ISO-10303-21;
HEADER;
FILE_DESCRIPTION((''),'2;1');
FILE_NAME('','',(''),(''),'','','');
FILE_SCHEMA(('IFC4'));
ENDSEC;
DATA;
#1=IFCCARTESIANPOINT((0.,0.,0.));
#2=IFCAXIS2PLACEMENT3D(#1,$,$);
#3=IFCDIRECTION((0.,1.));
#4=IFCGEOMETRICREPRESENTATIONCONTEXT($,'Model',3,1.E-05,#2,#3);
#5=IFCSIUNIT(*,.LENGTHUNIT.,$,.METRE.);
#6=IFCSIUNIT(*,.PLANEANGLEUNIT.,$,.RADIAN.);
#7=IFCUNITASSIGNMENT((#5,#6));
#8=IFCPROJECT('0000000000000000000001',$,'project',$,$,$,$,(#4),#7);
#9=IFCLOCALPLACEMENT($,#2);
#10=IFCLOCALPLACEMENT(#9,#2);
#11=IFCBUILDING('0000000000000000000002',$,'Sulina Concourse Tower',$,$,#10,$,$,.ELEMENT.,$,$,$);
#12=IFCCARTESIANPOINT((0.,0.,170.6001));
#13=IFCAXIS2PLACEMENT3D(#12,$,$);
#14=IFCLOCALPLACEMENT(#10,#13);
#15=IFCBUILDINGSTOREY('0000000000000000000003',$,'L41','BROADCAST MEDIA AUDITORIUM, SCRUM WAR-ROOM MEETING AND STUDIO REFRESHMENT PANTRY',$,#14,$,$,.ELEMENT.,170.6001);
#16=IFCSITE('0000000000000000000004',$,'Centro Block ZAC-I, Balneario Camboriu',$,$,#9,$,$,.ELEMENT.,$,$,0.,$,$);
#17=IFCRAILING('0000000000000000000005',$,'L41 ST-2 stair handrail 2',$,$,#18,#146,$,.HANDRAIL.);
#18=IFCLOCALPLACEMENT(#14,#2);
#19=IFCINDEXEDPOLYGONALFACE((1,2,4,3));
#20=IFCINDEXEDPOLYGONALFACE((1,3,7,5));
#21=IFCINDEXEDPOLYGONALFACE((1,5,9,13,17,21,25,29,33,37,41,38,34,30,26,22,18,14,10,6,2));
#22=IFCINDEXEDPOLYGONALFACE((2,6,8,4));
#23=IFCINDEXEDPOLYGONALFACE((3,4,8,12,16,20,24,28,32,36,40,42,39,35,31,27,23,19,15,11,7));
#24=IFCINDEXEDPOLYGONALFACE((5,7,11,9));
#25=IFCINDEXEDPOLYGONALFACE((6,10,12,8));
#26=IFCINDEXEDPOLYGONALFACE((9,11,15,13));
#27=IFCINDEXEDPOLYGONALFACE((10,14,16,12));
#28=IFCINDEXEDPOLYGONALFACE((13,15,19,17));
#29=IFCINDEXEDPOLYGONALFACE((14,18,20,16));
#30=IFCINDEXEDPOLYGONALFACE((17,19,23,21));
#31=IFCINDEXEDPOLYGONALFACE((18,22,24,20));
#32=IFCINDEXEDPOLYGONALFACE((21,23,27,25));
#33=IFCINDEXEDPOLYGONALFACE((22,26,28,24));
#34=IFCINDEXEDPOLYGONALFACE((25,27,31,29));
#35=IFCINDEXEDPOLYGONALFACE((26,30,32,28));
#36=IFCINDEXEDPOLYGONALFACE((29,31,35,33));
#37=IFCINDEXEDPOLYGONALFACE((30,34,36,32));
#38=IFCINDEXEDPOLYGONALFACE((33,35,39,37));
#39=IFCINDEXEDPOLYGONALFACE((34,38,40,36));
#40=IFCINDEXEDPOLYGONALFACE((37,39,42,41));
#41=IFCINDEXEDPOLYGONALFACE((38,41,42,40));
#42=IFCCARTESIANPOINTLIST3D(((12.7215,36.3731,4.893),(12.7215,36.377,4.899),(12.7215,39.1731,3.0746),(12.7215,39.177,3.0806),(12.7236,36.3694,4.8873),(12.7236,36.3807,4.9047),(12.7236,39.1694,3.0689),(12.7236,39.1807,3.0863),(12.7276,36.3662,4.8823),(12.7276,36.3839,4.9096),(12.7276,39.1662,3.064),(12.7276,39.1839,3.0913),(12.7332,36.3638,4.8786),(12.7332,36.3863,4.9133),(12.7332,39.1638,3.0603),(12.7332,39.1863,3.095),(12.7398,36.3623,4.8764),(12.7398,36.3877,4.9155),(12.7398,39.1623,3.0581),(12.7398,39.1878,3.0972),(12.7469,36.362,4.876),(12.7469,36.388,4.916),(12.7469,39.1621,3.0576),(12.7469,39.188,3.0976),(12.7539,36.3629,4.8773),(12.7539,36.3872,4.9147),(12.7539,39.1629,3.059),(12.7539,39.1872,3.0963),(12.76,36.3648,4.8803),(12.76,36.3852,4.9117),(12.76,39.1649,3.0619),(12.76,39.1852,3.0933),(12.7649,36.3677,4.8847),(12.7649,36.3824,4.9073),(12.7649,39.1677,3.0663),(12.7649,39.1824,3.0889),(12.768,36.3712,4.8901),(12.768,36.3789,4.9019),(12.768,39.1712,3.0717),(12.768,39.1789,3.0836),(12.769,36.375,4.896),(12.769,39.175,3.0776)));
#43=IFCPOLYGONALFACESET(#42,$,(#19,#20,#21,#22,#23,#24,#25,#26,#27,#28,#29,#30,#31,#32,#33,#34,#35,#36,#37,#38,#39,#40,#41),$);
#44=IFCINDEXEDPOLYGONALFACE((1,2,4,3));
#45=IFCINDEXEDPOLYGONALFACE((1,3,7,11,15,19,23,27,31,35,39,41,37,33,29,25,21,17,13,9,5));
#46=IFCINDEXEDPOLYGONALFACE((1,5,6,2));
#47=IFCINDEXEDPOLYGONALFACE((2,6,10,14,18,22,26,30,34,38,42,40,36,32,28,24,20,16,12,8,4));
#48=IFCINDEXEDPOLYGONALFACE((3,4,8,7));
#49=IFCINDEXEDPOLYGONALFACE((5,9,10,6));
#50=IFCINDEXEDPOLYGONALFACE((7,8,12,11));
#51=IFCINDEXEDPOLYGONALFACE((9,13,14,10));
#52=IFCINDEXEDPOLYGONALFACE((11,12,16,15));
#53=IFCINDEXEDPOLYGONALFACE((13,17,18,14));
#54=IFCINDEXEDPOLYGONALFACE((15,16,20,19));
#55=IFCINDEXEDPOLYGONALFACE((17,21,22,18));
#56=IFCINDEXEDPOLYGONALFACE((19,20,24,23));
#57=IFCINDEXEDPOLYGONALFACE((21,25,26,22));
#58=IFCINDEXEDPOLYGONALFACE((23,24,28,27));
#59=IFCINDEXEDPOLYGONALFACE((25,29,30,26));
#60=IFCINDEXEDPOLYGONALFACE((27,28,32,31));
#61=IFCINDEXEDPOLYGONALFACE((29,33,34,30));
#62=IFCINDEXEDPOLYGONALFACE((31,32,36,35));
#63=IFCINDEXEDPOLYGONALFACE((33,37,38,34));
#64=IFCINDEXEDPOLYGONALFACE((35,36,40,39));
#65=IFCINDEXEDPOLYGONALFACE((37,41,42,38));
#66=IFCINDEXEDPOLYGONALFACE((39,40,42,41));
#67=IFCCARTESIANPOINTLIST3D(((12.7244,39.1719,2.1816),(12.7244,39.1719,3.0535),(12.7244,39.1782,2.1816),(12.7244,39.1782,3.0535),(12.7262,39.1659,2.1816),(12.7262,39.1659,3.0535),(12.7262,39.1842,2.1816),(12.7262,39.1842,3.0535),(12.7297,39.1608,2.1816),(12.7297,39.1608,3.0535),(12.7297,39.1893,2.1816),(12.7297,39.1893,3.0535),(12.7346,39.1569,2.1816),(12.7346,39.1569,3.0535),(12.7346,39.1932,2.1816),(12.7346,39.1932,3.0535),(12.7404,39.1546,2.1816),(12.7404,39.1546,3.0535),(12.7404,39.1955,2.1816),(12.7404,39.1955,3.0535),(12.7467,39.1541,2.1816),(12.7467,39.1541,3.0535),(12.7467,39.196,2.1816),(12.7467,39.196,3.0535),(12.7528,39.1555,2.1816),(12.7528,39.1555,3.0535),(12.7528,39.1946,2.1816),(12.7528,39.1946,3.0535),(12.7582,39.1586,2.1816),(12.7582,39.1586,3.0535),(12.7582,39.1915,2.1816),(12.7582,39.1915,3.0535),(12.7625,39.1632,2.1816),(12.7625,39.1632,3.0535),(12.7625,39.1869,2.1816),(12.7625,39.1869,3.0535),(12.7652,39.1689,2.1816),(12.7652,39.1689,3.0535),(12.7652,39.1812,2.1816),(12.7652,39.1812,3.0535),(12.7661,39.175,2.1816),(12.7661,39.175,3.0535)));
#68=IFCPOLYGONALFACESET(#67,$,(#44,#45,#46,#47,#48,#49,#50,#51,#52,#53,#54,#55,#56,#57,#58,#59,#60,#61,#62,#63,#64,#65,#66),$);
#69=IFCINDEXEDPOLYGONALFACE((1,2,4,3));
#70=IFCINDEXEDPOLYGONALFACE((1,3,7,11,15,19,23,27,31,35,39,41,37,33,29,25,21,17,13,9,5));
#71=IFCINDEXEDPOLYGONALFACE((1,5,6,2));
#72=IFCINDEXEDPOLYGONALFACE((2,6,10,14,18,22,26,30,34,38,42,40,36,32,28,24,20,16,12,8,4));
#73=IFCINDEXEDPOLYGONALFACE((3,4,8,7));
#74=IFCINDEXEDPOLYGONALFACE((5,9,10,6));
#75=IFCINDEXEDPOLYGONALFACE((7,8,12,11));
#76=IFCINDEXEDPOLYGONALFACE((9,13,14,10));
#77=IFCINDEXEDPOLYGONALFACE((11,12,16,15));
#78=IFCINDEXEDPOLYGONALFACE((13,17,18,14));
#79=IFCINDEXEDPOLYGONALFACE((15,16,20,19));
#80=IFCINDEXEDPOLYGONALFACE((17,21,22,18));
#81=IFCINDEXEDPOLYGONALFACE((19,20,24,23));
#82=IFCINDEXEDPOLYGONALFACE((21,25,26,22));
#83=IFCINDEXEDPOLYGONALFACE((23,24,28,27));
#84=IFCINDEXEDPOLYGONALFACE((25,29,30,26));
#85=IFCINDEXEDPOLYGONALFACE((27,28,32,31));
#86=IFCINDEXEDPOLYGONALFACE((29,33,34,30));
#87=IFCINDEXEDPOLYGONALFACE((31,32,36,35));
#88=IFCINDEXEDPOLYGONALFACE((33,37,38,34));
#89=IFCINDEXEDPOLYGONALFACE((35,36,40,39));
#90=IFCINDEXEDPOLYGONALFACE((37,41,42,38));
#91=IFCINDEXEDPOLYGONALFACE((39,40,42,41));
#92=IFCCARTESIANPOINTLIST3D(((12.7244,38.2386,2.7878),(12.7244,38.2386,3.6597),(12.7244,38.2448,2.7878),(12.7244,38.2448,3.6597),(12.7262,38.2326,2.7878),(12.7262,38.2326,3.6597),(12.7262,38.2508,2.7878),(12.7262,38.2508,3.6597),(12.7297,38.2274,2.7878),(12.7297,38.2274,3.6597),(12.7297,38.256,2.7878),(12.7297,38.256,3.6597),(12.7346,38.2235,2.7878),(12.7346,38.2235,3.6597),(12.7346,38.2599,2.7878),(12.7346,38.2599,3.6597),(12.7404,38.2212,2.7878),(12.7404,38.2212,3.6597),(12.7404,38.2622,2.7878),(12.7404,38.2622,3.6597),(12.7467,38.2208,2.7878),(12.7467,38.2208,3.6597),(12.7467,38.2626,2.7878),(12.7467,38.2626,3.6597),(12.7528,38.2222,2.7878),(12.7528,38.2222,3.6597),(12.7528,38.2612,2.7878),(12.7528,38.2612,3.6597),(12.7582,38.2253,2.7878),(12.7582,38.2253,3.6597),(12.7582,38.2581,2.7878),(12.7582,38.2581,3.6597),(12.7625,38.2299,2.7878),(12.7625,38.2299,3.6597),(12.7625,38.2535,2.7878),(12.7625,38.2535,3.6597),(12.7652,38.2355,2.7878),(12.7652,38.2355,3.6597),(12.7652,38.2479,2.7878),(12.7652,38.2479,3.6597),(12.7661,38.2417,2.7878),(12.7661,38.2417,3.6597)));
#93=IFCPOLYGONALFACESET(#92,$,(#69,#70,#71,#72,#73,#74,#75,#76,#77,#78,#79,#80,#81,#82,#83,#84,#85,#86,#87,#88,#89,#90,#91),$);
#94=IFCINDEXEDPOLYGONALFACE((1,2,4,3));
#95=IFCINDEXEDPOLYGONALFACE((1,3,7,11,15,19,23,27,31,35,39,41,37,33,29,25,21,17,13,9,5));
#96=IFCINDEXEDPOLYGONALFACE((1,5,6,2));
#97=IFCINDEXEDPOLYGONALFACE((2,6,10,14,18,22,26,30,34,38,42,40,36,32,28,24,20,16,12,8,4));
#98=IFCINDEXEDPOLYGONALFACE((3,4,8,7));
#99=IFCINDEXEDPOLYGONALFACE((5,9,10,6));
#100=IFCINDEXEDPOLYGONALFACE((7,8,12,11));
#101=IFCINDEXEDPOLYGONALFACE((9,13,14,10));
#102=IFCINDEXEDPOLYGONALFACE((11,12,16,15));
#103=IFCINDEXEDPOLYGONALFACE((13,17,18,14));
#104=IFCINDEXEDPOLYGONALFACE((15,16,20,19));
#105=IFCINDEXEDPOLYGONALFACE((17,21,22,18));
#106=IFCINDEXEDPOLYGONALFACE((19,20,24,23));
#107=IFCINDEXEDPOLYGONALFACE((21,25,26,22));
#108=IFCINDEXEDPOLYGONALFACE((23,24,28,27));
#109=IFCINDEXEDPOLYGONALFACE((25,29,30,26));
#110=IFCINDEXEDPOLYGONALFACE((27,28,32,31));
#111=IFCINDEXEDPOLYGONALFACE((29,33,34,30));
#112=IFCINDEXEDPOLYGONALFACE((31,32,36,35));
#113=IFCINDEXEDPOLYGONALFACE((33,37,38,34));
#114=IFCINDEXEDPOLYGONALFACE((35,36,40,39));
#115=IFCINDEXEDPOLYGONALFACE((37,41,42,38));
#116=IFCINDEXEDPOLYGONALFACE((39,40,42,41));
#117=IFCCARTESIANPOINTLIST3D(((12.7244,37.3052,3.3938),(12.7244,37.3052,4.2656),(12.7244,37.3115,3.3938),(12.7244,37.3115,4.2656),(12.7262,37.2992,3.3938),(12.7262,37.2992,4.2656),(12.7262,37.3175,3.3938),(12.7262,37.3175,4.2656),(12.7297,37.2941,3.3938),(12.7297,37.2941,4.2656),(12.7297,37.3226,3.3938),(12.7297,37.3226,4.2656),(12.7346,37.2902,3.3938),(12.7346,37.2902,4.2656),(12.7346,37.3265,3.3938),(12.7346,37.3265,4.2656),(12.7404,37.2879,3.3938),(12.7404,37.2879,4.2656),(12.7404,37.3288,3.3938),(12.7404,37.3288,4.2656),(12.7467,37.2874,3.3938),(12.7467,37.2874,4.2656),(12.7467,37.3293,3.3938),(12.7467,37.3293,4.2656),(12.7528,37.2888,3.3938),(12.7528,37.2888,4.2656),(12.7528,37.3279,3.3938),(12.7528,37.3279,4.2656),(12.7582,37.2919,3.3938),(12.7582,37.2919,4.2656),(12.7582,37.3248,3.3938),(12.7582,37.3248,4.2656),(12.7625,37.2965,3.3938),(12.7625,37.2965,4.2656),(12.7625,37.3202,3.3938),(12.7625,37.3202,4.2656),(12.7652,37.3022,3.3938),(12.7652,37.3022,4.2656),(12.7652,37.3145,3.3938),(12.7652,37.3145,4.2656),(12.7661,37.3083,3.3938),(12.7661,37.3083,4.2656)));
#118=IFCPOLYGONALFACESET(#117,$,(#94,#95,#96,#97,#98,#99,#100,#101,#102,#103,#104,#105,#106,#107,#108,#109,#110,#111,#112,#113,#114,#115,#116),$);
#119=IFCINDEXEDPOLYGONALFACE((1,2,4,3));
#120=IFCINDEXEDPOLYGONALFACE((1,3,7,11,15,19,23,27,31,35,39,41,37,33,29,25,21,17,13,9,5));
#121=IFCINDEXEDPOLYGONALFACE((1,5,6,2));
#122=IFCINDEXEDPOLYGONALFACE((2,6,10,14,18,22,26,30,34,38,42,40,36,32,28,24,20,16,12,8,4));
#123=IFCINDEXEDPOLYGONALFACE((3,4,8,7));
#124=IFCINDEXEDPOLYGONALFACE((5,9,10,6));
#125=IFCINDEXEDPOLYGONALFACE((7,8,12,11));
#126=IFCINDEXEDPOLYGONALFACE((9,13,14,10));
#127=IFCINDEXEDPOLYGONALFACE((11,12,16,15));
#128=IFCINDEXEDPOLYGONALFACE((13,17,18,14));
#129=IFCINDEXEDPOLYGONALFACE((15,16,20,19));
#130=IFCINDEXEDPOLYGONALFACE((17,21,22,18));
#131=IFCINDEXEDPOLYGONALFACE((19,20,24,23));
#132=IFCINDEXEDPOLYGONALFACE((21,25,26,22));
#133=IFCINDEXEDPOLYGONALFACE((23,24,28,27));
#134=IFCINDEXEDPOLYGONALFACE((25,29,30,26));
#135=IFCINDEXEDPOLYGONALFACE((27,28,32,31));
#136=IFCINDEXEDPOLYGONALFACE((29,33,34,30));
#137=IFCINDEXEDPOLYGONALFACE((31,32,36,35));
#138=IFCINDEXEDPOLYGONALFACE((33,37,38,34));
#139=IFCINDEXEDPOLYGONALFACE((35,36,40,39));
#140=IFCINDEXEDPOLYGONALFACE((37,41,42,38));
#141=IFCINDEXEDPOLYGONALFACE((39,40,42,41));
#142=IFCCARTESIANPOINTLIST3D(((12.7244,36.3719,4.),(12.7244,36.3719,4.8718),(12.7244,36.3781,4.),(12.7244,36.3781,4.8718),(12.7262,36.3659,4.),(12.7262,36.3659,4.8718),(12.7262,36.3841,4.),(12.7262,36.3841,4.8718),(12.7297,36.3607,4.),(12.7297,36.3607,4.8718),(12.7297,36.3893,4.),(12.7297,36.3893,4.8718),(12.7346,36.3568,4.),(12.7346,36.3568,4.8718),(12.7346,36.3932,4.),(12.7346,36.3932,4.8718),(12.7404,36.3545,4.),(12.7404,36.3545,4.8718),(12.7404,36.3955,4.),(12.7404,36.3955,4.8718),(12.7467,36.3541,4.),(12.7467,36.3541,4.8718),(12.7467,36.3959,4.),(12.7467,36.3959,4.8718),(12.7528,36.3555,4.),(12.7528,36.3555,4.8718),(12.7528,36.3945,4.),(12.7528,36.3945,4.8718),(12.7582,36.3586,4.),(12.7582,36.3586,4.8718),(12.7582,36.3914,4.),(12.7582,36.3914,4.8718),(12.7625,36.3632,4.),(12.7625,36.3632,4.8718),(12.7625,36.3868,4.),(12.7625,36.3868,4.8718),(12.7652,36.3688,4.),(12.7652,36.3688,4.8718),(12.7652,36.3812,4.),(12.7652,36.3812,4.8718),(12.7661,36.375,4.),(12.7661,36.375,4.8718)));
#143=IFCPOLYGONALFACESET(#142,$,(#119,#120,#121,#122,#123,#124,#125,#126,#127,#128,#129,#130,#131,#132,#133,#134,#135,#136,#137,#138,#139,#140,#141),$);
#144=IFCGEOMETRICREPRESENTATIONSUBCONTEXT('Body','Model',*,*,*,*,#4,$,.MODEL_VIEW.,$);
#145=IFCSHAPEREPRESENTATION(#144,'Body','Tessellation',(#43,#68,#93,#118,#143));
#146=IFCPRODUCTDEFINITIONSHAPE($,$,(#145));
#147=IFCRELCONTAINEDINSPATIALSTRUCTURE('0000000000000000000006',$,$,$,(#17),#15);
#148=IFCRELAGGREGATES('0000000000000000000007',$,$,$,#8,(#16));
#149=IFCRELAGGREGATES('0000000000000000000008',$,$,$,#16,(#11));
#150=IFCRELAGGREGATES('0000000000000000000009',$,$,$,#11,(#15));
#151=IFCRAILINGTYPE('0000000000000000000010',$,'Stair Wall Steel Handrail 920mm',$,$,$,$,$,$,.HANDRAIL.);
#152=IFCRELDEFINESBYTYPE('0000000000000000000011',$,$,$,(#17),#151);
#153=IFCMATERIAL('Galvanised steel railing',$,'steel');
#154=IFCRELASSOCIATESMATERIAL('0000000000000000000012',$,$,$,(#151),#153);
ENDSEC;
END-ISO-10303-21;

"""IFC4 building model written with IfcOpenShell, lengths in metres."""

from ifc_helpers import new_model, si_unit, direction, frame, origin, origin_2d, place, context, subcontext, project, spatial, circle, extrude, material, type_object, element, save


model = new_model("IFC4")

# Units and contexts
model_context = context("Model", 3, precision=1e-05, world=origin(), true_north=direction((0.0, 1.0)))
body_context = subcontext(model_context, "Body", "Model", "MODEL_VIEW")
ifc_project = project(units=[si_unit("LENGTHUNIT", "METRE"), si_unit("PLANEANGLEUNIT", "RADIAN")], contexts=[model_context])

# Site, building, storey
site_placement = place(None, origin())
site = spatial("IfcSite", under=ifc_project, at=site_placement, Name="Centro Block ZAC-I, Balneario Camboriu", CompositionType="ELEMENT", RefElevation=0.0)
building_placement = place(site_placement, origin())
building = spatial("IfcBuilding", under=site, at=building_placement, Name="Sulina Concourse Tower", CompositionType="ELEMENT")
storey_placement = place(building_placement, frame((0.0, 0.0, 170.6001)))
storey = spatial("IfcBuildingStorey", under=building, at=storey_placement, Name="L41", Description="BROADCAST MEDIA AUDITORIUM, SCRUM WAR-ROOM MEETING AND STUDIO REFRESHMENT PANTRY", CompositionType="ELEMENT", Elevation=170.6001)

# Railing
ifc_material_1 = material(Name="Galvanised steel railing", Category="steel")
railing_type_1 = type_object("IfcRailingType", Name="Stair Wall Steel Handrail 920mm", PredefinedType="HANDRAIL", material=ifc_material_1)
railing_1_placement = place(storey_placement, frame((12.7451, 39.175, 2.1816)))
element("IfcRailing", 1, at=railing_1_placement, inside=storey, type_object=railing_type_1, Name="L41 ST-2 stair handrail 2", PredefinedType="HANDRAIL", context=body_context, shape_type="SweptSolid", body=[
    extrude(circle(Radius=0.0239, at=origin_2d()), frame((0.0, 0.0, 0.896), z_axis=(0.0, -0.838672, 0.544636), x_axis=(1.0, 0.0, 0.0)), (0.0, 0.0, 1.0), 3.3386),
    extrude(circle(Radius=0.021, at=origin_2d()), origin(), (0.0, 0.0, 1.0), 0.8718),
    extrude(circle(Radius=0.021, at=origin_2d()), frame((0.0, -0.9333, 0.6062)), (0.0, 0.0, 1.0), 0.8718),
    extrude(circle(Radius=0.021, at=origin_2d()), frame((0.0, -1.8667, 1.2122)), (0.0, 0.0, 1.0), 0.8718),
    extrude(circle(Radius=0.021, at=origin_2d()), frame((0.0, -2.8, 1.8184)), (0.0, 0.0, 1.0), 0.8718),
])

save(model, "model.ifc")
